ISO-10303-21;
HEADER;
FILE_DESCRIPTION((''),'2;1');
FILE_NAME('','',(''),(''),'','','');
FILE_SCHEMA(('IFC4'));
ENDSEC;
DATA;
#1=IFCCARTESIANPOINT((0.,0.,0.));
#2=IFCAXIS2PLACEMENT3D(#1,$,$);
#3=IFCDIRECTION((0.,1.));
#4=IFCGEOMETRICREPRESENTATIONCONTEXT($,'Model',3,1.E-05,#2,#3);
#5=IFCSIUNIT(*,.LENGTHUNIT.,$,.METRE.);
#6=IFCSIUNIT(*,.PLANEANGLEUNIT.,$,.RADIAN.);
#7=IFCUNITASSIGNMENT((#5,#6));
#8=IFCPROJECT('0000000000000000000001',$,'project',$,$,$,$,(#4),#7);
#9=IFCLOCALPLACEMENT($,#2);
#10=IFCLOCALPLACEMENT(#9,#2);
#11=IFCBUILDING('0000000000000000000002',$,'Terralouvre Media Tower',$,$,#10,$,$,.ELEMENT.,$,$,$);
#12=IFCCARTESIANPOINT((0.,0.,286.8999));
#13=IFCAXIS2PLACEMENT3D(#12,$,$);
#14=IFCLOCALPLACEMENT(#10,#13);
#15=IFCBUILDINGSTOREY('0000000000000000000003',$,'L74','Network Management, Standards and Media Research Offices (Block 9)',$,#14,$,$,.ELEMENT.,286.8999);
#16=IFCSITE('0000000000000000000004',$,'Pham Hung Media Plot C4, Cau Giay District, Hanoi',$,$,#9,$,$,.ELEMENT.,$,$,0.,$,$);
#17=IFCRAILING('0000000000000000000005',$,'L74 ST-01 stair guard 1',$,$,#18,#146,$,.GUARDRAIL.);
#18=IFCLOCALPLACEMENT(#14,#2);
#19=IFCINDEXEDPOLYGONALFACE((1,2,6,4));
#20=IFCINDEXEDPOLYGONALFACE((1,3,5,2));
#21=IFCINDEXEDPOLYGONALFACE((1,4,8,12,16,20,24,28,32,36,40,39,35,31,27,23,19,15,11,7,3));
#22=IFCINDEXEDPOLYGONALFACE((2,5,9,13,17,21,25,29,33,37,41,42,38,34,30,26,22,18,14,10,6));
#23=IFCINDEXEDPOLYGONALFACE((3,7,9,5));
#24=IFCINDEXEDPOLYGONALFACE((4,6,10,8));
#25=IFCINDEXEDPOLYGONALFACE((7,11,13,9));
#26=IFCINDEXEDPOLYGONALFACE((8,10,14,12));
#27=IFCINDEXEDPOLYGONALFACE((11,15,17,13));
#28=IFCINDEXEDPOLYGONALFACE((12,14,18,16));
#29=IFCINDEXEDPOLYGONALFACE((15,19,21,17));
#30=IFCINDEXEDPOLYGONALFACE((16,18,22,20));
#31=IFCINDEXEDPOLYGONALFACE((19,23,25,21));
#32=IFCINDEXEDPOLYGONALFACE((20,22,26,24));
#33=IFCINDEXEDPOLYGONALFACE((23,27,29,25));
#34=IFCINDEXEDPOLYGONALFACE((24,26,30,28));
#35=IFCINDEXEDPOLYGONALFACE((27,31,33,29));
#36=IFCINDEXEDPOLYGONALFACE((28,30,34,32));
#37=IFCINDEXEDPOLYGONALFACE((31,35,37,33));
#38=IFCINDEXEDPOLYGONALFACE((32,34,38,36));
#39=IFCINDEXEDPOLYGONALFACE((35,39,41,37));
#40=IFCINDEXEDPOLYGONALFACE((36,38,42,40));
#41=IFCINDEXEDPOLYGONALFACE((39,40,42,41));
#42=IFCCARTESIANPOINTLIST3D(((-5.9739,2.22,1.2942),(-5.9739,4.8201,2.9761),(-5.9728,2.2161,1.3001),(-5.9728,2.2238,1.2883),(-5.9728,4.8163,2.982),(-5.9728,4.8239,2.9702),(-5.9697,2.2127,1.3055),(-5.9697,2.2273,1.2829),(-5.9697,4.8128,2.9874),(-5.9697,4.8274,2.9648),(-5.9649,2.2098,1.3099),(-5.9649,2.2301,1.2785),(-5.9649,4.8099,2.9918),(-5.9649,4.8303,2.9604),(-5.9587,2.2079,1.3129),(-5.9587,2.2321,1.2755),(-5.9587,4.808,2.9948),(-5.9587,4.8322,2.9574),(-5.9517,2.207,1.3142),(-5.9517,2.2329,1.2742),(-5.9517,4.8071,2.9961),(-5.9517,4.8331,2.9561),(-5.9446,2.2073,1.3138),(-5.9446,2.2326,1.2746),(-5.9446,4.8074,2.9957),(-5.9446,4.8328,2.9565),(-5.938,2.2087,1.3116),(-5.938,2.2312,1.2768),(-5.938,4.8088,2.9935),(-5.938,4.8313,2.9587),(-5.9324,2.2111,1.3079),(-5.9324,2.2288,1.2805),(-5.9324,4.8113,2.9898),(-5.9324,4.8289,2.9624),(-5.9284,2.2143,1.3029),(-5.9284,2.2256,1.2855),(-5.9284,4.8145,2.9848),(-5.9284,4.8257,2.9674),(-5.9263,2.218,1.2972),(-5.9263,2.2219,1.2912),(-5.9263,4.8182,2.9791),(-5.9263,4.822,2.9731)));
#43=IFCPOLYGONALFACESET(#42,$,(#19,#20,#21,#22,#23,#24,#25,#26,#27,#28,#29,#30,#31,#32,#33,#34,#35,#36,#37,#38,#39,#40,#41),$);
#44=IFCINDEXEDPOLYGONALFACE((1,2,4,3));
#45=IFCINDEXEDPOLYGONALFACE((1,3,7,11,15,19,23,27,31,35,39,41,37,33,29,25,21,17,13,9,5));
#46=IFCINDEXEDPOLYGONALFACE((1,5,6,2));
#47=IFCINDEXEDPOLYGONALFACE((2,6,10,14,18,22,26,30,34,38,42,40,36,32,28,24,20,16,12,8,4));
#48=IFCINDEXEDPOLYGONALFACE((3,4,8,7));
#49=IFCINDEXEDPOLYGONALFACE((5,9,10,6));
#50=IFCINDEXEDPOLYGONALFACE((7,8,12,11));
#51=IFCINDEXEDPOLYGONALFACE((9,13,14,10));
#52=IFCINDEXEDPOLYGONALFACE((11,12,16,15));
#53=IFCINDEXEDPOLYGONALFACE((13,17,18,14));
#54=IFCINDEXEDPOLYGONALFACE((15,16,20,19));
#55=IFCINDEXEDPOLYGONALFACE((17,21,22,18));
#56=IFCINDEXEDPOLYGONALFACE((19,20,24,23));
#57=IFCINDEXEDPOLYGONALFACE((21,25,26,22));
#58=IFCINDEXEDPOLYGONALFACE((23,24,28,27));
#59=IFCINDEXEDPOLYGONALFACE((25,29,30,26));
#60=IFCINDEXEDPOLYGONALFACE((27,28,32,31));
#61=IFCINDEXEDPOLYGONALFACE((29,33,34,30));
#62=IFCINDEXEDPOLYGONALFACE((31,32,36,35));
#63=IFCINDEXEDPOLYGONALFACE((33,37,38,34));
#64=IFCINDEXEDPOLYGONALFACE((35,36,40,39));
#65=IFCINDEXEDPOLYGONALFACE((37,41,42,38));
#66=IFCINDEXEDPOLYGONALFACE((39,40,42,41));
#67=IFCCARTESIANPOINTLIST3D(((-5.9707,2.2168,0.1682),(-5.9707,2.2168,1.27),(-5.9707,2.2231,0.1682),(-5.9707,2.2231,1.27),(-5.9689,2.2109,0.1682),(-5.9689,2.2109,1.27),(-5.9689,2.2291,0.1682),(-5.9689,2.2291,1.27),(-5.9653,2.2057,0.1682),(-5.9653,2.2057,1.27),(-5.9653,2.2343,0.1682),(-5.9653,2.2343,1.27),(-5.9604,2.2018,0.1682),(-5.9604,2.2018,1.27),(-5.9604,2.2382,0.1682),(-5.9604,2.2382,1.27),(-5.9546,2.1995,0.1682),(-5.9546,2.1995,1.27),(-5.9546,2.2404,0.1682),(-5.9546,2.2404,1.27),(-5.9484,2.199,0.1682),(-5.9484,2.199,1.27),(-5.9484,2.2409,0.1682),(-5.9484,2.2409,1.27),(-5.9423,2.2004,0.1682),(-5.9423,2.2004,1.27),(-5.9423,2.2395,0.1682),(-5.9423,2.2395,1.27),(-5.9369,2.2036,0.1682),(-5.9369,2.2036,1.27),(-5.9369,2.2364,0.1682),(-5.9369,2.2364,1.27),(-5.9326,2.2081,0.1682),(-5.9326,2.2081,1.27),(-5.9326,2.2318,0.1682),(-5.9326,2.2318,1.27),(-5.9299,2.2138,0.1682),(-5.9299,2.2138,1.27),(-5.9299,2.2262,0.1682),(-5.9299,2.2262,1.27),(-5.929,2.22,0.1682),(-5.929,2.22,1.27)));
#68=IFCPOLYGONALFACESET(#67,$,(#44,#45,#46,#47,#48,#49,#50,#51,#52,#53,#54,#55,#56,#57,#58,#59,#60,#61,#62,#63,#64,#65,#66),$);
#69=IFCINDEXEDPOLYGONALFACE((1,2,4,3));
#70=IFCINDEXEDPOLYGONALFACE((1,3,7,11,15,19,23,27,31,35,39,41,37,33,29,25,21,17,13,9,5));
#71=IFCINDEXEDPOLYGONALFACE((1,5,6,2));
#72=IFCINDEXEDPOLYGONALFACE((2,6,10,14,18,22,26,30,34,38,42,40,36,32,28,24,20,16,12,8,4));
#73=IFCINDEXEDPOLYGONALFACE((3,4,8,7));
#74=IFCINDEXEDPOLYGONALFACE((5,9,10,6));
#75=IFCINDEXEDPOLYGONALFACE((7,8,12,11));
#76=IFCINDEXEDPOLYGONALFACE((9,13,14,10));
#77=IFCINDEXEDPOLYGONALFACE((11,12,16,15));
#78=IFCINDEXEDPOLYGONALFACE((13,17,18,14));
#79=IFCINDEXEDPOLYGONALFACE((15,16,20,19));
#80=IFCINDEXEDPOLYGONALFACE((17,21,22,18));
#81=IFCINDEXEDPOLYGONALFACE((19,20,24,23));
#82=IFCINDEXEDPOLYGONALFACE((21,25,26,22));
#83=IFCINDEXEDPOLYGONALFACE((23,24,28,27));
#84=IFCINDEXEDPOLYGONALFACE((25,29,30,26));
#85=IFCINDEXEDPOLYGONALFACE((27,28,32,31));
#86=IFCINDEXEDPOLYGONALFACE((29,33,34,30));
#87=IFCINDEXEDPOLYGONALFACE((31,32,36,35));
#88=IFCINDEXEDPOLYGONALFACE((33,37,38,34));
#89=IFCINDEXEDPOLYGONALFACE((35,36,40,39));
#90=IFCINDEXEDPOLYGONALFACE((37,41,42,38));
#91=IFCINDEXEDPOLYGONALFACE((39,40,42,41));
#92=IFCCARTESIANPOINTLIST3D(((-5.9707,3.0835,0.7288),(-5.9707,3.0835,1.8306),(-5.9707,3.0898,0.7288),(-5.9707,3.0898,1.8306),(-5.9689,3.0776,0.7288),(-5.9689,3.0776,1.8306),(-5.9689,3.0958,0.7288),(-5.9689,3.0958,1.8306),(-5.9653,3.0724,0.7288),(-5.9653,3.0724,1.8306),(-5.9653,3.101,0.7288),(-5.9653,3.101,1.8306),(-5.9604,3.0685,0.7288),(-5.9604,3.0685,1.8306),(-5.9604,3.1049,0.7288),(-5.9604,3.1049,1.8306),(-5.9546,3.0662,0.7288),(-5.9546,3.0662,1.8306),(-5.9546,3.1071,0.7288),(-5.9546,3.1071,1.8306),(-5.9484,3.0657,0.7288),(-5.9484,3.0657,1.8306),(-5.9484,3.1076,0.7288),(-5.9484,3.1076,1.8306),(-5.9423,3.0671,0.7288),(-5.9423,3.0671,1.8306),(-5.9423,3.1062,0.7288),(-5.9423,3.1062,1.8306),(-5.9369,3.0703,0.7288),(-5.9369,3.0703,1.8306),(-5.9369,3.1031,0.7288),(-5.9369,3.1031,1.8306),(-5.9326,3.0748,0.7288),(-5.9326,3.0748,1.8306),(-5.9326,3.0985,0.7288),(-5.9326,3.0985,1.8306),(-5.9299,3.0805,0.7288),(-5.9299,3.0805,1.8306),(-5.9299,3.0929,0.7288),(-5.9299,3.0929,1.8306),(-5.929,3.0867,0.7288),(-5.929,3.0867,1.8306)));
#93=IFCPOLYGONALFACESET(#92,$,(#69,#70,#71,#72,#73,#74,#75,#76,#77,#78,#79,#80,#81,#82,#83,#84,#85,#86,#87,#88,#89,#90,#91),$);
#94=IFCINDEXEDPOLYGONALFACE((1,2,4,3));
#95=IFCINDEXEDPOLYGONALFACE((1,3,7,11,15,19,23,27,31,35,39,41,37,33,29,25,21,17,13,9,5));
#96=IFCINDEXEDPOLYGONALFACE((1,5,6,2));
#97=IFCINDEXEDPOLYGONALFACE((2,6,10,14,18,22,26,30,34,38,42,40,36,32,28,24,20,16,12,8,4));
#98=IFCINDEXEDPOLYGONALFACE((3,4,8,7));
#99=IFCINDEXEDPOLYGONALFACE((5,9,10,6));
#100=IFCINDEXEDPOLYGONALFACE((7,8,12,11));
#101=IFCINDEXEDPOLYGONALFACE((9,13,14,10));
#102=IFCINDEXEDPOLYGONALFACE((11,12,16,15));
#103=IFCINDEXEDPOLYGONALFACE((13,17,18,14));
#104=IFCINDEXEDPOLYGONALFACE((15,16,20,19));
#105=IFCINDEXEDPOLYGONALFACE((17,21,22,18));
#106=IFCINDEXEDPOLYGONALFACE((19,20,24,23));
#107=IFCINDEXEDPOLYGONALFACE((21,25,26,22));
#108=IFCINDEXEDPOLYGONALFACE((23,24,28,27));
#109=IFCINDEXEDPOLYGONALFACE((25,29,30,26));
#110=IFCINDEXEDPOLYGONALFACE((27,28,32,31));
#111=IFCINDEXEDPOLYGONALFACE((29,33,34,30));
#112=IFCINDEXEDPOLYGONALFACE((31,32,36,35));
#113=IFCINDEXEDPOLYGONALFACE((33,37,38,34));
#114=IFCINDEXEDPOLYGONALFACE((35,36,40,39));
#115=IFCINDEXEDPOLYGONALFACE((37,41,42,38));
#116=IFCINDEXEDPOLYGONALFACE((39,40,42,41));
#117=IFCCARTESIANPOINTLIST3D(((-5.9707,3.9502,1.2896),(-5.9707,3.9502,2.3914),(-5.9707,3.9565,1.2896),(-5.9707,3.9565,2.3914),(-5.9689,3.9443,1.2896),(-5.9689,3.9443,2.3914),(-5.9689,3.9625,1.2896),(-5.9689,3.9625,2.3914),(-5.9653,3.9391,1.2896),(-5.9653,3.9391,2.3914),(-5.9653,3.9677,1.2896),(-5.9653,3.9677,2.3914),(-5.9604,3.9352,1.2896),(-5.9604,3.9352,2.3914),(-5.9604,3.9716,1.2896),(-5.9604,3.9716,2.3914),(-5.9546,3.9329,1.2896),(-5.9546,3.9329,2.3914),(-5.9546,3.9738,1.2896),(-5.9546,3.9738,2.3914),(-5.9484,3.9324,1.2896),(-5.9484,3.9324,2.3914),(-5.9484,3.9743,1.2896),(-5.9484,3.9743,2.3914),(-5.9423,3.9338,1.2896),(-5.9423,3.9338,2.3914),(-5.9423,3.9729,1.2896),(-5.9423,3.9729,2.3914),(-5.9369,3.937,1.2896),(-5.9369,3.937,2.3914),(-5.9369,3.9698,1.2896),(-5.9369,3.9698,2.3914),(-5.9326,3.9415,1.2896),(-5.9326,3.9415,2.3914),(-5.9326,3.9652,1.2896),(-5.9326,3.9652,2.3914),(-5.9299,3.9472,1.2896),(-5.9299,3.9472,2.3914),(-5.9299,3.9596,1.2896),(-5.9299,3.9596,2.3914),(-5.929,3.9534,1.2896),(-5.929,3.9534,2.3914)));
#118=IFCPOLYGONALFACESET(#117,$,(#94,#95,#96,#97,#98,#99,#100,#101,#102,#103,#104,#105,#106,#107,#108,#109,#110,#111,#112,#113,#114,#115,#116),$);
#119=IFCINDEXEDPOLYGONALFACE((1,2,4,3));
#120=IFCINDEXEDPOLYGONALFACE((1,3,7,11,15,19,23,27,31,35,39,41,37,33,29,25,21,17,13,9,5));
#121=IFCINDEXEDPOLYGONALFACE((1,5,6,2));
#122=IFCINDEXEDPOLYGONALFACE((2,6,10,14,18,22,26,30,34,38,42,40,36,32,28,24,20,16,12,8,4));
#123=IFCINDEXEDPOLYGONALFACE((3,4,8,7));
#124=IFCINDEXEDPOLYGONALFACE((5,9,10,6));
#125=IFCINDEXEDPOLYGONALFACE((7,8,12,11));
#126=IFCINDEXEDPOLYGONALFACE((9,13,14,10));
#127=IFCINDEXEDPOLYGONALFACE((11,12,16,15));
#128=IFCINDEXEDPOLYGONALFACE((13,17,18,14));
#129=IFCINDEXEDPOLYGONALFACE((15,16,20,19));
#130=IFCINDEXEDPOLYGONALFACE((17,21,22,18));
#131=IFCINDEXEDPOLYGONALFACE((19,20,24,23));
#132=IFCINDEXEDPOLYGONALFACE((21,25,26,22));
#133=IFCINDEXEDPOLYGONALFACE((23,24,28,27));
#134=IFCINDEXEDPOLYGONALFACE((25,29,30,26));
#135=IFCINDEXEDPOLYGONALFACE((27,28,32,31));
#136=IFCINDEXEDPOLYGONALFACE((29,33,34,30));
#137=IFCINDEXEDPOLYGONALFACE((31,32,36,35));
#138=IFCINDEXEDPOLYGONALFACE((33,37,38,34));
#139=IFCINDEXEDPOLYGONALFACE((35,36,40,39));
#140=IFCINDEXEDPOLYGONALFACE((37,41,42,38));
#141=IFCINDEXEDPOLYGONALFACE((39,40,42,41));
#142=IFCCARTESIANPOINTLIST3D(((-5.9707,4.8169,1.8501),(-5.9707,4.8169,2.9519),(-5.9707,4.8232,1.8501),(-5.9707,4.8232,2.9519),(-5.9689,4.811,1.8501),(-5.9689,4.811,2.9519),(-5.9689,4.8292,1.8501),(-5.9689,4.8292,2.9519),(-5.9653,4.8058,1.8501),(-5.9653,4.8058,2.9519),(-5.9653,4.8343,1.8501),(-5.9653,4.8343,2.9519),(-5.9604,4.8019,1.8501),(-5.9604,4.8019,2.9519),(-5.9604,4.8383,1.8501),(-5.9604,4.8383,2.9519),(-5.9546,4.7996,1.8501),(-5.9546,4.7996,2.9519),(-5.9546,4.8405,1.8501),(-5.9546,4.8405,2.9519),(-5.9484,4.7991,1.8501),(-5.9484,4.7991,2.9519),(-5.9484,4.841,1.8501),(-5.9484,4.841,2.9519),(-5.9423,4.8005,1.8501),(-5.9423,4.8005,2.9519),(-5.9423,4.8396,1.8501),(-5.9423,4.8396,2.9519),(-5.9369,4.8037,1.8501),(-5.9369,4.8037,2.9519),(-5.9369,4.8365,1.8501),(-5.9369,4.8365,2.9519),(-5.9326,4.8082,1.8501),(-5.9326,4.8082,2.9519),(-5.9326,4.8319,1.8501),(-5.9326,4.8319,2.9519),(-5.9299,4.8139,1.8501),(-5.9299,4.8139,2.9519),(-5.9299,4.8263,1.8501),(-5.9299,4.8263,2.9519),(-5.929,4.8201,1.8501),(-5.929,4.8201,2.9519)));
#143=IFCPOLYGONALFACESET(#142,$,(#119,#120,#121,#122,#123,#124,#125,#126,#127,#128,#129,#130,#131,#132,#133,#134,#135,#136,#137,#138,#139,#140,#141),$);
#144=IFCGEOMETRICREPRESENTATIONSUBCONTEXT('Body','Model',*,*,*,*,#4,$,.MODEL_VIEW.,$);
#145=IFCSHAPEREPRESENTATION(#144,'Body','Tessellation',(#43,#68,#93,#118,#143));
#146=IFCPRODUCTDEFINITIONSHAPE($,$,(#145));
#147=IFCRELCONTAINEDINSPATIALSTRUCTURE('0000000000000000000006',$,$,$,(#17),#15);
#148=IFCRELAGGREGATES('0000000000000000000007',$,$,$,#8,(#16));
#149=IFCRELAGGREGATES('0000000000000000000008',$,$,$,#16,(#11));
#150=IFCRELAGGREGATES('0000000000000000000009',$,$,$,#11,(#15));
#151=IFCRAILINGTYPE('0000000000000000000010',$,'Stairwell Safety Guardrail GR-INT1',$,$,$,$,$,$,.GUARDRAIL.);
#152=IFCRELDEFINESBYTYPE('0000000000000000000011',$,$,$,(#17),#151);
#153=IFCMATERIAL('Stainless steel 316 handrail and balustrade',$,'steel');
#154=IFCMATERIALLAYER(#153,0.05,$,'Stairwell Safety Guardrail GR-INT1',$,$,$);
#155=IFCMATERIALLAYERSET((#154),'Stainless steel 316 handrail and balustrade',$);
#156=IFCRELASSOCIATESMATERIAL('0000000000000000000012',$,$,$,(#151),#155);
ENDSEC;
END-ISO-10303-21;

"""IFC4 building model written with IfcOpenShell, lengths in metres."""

from ifc_helpers import new_model, si_unit, direction, frame, origin, origin_2d, place, context, subcontext, project, spatial, circle, extrude, material, layer, layer_set, type_object, element, save


model = new_model("IFC4")

# Units and contexts
model_context = context("Model", 3, precision=1e-05, world=origin(), true_north=direction((0.0, 1.0)))
body_context = subcontext(model_context, "Body", "Model", "MODEL_VIEW")
ifc_project = project(units=[si_unit("LENGTHUNIT", "METRE"), si_unit("PLANEANGLEUNIT", "RADIAN")], contexts=[model_context])

# Site, building, storey
site_placement = place(None, origin())
site = spatial("IfcSite", under=ifc_project, at=site_placement, Name="Pham Hung Media Plot C4, Cau Giay District, Hanoi", CompositionType="ELEMENT", RefElevation=0.0)
building_placement = place(site_placement, origin())
building = spatial("IfcBuilding", under=site, at=building_placement, Name="Terralouvre Media Tower", CompositionType="ELEMENT")
storey_placement = place(building_placement, frame((0.0, 0.0, 286.8999)))
storey = spatial("IfcBuildingStorey", under=building, at=storey_placement, Name="L74", Description="Network Management, Standards and Media Research Offices (Block 9)", CompositionType="ELEMENT", Elevation=286.8999)

# Railing
ifc_material_1 = material(Name="Stainless steel 316 handrail and balustrade", Category="steel")
ifc_layer_1 = layer(ifc_material_1, 0.05, Name="Stairwell Safety Guardrail GR-INT1")
ifc_layer_set_1 = layer_set([ifc_layer_1], Name="Stainless steel 316 handrail and balustrade")
railing_type_1 = type_object("IfcRailingType", Name="Stairwell Safety Guardrail GR-INT1", PredefinedType="GUARDRAIL", material=ifc_layer_set_1)
railing_1_placement = place(storey_placement, frame((-5.95, 2.22, 0.1682)))
element("IfcRailing", 1, at=railing_1_placement, inside=storey, type_object=railing_type_1, Name="L74 ST-01 stair guard 1", PredefinedType="GUARDRAIL", context=body_context, shape_type="SweptSolid", body=[
    extrude(circle(Radius=0.0239, at=origin_2d()), frame((0.0, 0.0, 1.126), z_axis=(0.0, 0.839648, 0.54313), x_axis=(-1.0, 0.0, 0.0)), (0.0, 0.0, 1.0), 3.0967),
    extrude(circle(Radius=0.021, at=origin_2d()), origin(), (0.0, 0.0, 1.0), 1.1018),
    extrude(circle(Radius=0.021, at=origin_2d()), frame((0.0, 0.8667, 0.5605)), (0.0, 0.0, 1.0), 1.1018),
    extrude(circle(Radius=0.021, at=origin_2d()), frame((0.0, 1.7334, 1.1213)), (0.0, 0.0, 1.0), 1.1018),
    extrude(circle(Radius=0.021, at=origin_2d()), frame((0.0, 2.6001, 1.6819)), (0.0, 0.0, 1.0), 1.1018),
])

save(model, "model.ifc")
